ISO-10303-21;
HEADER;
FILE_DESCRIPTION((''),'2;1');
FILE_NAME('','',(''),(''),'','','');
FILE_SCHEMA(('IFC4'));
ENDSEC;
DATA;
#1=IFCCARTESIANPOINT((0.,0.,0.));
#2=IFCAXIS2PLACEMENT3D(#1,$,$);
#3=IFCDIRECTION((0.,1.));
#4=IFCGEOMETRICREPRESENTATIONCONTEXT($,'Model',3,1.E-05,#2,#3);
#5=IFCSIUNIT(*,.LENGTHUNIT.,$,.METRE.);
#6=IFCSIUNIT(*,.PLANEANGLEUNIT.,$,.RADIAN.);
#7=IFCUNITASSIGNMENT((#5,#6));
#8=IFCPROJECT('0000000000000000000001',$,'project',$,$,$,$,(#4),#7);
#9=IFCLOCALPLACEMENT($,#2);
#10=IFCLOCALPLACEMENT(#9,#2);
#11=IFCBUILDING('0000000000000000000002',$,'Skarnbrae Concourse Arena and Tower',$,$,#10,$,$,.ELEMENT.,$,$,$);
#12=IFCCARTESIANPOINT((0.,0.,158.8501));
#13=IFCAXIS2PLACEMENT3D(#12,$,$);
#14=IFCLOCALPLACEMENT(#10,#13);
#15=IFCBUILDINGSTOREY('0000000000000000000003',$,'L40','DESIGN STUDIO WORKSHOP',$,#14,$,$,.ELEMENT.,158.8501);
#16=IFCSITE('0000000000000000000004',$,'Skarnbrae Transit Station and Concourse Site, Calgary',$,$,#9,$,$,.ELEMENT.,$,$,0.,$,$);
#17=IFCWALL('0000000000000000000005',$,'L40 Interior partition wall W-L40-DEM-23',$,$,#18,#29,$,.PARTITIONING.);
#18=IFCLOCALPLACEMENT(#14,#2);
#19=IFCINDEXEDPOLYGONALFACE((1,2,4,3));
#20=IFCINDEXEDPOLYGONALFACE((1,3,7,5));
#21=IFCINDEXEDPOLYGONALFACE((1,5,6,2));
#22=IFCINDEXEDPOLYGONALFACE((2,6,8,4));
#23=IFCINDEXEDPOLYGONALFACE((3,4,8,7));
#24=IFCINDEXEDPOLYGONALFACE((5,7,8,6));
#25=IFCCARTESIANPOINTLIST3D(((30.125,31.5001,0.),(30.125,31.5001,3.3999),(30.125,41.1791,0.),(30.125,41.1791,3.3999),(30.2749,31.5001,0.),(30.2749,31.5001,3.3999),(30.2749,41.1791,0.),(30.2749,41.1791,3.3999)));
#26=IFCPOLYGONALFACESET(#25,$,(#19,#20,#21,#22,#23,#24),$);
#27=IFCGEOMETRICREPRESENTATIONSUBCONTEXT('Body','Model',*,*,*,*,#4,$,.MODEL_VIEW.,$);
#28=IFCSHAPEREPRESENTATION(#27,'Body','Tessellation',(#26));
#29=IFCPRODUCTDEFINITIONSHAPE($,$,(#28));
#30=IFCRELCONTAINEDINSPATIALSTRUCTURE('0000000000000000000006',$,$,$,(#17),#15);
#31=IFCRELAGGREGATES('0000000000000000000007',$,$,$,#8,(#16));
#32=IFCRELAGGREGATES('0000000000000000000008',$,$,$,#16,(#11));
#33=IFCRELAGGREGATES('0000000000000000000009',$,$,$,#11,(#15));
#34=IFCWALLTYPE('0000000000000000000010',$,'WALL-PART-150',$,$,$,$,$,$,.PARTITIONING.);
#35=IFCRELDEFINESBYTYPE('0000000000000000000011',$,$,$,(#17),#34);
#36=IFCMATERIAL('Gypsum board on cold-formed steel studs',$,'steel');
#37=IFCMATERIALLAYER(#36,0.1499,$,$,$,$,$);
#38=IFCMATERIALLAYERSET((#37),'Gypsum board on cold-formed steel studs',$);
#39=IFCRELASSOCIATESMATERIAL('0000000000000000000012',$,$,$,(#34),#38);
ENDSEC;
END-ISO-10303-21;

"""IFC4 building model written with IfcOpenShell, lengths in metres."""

from ifc_helpers import new_model, si_unit, direction, frame, frame_2d, origin, place, context, subcontext, project, spatial, rectangle, extrude, source, transform, mapped, material, layer, layer_set, type_object, element, save


model = new_model("IFC4")

# Units and contexts
model_context = context("Model", 3, precision=1e-05, world=origin(), true_north=direction((0.0, 1.0)))
body_context = subcontext(model_context, "Body", "Model", "MODEL_VIEW")
ifc_project = project(units=[si_unit("LENGTHUNIT", "METRE"), si_unit("PLANEANGLEUNIT", "RADIAN")], contexts=[model_context])

# Site, building, storey
site_placement = place(None, origin())
site = spatial("IfcSite", under=ifc_project, at=site_placement, Name="Skarnbrae Transit Station and Concourse Site, Calgary", CompositionType="ELEMENT", RefElevation=0.0)
building_placement = place(site_placement, origin())
building = spatial("IfcBuilding", under=site, at=building_placement, Name="Skarnbrae Concourse Arena and Tower", CompositionType="ELEMENT")
storey_placement = place(building_placement, frame((0.0, 0.0, 158.8501)))
storey = spatial("IfcBuildingStorey", under=building, at=storey_placement, Name="L40", Description="DESIGN STUDIO WORKSHOP", CompositionType="ELEMENT", Elevation=158.8501)

# Wall
ifc_material_1 = material(Name="Gypsum board on cold-formed steel studs", Category="steel")
ifc_layer_1 = layer(ifc_material_1, 0.1499)
ifc_layer_set_1 = layer_set([ifc_layer_1], Name="Gypsum board on cold-formed steel studs")
wall_type = type_object("IfcWallType", Name="WALL-PART-150", PredefinedType="PARTITIONING", material=ifc_layer_set_1)
shared_shape_1 = source(origin(), body_context, "Body", "SweptSolid", [
    extrude(rectangle(XDim=9.679, YDim=0.1499, at=frame_2d((4.8394, 0.0))), origin(), (0.0, 0.0, 1.0), 3.3999),
])
wall_1_placement = place(storey_placement, frame((30.2, 41.179, 0.0), z_axis=(0.0, 0.0, 1.0), x_axis=(0.0, -1.0, 0.0)))
element("IfcWall", 1, at=wall_1_placement, inside=storey, type_object=wall_type, Name="L40 Interior partition wall W-L40-DEM-23", PredefinedType="PARTITIONING", context=body_context, shape_type="MappedRepresentation", body=[
    mapped(shared_shape_1, transform((0.0, 0.0, 0.0))),
])

save(model, "model.ifc")
